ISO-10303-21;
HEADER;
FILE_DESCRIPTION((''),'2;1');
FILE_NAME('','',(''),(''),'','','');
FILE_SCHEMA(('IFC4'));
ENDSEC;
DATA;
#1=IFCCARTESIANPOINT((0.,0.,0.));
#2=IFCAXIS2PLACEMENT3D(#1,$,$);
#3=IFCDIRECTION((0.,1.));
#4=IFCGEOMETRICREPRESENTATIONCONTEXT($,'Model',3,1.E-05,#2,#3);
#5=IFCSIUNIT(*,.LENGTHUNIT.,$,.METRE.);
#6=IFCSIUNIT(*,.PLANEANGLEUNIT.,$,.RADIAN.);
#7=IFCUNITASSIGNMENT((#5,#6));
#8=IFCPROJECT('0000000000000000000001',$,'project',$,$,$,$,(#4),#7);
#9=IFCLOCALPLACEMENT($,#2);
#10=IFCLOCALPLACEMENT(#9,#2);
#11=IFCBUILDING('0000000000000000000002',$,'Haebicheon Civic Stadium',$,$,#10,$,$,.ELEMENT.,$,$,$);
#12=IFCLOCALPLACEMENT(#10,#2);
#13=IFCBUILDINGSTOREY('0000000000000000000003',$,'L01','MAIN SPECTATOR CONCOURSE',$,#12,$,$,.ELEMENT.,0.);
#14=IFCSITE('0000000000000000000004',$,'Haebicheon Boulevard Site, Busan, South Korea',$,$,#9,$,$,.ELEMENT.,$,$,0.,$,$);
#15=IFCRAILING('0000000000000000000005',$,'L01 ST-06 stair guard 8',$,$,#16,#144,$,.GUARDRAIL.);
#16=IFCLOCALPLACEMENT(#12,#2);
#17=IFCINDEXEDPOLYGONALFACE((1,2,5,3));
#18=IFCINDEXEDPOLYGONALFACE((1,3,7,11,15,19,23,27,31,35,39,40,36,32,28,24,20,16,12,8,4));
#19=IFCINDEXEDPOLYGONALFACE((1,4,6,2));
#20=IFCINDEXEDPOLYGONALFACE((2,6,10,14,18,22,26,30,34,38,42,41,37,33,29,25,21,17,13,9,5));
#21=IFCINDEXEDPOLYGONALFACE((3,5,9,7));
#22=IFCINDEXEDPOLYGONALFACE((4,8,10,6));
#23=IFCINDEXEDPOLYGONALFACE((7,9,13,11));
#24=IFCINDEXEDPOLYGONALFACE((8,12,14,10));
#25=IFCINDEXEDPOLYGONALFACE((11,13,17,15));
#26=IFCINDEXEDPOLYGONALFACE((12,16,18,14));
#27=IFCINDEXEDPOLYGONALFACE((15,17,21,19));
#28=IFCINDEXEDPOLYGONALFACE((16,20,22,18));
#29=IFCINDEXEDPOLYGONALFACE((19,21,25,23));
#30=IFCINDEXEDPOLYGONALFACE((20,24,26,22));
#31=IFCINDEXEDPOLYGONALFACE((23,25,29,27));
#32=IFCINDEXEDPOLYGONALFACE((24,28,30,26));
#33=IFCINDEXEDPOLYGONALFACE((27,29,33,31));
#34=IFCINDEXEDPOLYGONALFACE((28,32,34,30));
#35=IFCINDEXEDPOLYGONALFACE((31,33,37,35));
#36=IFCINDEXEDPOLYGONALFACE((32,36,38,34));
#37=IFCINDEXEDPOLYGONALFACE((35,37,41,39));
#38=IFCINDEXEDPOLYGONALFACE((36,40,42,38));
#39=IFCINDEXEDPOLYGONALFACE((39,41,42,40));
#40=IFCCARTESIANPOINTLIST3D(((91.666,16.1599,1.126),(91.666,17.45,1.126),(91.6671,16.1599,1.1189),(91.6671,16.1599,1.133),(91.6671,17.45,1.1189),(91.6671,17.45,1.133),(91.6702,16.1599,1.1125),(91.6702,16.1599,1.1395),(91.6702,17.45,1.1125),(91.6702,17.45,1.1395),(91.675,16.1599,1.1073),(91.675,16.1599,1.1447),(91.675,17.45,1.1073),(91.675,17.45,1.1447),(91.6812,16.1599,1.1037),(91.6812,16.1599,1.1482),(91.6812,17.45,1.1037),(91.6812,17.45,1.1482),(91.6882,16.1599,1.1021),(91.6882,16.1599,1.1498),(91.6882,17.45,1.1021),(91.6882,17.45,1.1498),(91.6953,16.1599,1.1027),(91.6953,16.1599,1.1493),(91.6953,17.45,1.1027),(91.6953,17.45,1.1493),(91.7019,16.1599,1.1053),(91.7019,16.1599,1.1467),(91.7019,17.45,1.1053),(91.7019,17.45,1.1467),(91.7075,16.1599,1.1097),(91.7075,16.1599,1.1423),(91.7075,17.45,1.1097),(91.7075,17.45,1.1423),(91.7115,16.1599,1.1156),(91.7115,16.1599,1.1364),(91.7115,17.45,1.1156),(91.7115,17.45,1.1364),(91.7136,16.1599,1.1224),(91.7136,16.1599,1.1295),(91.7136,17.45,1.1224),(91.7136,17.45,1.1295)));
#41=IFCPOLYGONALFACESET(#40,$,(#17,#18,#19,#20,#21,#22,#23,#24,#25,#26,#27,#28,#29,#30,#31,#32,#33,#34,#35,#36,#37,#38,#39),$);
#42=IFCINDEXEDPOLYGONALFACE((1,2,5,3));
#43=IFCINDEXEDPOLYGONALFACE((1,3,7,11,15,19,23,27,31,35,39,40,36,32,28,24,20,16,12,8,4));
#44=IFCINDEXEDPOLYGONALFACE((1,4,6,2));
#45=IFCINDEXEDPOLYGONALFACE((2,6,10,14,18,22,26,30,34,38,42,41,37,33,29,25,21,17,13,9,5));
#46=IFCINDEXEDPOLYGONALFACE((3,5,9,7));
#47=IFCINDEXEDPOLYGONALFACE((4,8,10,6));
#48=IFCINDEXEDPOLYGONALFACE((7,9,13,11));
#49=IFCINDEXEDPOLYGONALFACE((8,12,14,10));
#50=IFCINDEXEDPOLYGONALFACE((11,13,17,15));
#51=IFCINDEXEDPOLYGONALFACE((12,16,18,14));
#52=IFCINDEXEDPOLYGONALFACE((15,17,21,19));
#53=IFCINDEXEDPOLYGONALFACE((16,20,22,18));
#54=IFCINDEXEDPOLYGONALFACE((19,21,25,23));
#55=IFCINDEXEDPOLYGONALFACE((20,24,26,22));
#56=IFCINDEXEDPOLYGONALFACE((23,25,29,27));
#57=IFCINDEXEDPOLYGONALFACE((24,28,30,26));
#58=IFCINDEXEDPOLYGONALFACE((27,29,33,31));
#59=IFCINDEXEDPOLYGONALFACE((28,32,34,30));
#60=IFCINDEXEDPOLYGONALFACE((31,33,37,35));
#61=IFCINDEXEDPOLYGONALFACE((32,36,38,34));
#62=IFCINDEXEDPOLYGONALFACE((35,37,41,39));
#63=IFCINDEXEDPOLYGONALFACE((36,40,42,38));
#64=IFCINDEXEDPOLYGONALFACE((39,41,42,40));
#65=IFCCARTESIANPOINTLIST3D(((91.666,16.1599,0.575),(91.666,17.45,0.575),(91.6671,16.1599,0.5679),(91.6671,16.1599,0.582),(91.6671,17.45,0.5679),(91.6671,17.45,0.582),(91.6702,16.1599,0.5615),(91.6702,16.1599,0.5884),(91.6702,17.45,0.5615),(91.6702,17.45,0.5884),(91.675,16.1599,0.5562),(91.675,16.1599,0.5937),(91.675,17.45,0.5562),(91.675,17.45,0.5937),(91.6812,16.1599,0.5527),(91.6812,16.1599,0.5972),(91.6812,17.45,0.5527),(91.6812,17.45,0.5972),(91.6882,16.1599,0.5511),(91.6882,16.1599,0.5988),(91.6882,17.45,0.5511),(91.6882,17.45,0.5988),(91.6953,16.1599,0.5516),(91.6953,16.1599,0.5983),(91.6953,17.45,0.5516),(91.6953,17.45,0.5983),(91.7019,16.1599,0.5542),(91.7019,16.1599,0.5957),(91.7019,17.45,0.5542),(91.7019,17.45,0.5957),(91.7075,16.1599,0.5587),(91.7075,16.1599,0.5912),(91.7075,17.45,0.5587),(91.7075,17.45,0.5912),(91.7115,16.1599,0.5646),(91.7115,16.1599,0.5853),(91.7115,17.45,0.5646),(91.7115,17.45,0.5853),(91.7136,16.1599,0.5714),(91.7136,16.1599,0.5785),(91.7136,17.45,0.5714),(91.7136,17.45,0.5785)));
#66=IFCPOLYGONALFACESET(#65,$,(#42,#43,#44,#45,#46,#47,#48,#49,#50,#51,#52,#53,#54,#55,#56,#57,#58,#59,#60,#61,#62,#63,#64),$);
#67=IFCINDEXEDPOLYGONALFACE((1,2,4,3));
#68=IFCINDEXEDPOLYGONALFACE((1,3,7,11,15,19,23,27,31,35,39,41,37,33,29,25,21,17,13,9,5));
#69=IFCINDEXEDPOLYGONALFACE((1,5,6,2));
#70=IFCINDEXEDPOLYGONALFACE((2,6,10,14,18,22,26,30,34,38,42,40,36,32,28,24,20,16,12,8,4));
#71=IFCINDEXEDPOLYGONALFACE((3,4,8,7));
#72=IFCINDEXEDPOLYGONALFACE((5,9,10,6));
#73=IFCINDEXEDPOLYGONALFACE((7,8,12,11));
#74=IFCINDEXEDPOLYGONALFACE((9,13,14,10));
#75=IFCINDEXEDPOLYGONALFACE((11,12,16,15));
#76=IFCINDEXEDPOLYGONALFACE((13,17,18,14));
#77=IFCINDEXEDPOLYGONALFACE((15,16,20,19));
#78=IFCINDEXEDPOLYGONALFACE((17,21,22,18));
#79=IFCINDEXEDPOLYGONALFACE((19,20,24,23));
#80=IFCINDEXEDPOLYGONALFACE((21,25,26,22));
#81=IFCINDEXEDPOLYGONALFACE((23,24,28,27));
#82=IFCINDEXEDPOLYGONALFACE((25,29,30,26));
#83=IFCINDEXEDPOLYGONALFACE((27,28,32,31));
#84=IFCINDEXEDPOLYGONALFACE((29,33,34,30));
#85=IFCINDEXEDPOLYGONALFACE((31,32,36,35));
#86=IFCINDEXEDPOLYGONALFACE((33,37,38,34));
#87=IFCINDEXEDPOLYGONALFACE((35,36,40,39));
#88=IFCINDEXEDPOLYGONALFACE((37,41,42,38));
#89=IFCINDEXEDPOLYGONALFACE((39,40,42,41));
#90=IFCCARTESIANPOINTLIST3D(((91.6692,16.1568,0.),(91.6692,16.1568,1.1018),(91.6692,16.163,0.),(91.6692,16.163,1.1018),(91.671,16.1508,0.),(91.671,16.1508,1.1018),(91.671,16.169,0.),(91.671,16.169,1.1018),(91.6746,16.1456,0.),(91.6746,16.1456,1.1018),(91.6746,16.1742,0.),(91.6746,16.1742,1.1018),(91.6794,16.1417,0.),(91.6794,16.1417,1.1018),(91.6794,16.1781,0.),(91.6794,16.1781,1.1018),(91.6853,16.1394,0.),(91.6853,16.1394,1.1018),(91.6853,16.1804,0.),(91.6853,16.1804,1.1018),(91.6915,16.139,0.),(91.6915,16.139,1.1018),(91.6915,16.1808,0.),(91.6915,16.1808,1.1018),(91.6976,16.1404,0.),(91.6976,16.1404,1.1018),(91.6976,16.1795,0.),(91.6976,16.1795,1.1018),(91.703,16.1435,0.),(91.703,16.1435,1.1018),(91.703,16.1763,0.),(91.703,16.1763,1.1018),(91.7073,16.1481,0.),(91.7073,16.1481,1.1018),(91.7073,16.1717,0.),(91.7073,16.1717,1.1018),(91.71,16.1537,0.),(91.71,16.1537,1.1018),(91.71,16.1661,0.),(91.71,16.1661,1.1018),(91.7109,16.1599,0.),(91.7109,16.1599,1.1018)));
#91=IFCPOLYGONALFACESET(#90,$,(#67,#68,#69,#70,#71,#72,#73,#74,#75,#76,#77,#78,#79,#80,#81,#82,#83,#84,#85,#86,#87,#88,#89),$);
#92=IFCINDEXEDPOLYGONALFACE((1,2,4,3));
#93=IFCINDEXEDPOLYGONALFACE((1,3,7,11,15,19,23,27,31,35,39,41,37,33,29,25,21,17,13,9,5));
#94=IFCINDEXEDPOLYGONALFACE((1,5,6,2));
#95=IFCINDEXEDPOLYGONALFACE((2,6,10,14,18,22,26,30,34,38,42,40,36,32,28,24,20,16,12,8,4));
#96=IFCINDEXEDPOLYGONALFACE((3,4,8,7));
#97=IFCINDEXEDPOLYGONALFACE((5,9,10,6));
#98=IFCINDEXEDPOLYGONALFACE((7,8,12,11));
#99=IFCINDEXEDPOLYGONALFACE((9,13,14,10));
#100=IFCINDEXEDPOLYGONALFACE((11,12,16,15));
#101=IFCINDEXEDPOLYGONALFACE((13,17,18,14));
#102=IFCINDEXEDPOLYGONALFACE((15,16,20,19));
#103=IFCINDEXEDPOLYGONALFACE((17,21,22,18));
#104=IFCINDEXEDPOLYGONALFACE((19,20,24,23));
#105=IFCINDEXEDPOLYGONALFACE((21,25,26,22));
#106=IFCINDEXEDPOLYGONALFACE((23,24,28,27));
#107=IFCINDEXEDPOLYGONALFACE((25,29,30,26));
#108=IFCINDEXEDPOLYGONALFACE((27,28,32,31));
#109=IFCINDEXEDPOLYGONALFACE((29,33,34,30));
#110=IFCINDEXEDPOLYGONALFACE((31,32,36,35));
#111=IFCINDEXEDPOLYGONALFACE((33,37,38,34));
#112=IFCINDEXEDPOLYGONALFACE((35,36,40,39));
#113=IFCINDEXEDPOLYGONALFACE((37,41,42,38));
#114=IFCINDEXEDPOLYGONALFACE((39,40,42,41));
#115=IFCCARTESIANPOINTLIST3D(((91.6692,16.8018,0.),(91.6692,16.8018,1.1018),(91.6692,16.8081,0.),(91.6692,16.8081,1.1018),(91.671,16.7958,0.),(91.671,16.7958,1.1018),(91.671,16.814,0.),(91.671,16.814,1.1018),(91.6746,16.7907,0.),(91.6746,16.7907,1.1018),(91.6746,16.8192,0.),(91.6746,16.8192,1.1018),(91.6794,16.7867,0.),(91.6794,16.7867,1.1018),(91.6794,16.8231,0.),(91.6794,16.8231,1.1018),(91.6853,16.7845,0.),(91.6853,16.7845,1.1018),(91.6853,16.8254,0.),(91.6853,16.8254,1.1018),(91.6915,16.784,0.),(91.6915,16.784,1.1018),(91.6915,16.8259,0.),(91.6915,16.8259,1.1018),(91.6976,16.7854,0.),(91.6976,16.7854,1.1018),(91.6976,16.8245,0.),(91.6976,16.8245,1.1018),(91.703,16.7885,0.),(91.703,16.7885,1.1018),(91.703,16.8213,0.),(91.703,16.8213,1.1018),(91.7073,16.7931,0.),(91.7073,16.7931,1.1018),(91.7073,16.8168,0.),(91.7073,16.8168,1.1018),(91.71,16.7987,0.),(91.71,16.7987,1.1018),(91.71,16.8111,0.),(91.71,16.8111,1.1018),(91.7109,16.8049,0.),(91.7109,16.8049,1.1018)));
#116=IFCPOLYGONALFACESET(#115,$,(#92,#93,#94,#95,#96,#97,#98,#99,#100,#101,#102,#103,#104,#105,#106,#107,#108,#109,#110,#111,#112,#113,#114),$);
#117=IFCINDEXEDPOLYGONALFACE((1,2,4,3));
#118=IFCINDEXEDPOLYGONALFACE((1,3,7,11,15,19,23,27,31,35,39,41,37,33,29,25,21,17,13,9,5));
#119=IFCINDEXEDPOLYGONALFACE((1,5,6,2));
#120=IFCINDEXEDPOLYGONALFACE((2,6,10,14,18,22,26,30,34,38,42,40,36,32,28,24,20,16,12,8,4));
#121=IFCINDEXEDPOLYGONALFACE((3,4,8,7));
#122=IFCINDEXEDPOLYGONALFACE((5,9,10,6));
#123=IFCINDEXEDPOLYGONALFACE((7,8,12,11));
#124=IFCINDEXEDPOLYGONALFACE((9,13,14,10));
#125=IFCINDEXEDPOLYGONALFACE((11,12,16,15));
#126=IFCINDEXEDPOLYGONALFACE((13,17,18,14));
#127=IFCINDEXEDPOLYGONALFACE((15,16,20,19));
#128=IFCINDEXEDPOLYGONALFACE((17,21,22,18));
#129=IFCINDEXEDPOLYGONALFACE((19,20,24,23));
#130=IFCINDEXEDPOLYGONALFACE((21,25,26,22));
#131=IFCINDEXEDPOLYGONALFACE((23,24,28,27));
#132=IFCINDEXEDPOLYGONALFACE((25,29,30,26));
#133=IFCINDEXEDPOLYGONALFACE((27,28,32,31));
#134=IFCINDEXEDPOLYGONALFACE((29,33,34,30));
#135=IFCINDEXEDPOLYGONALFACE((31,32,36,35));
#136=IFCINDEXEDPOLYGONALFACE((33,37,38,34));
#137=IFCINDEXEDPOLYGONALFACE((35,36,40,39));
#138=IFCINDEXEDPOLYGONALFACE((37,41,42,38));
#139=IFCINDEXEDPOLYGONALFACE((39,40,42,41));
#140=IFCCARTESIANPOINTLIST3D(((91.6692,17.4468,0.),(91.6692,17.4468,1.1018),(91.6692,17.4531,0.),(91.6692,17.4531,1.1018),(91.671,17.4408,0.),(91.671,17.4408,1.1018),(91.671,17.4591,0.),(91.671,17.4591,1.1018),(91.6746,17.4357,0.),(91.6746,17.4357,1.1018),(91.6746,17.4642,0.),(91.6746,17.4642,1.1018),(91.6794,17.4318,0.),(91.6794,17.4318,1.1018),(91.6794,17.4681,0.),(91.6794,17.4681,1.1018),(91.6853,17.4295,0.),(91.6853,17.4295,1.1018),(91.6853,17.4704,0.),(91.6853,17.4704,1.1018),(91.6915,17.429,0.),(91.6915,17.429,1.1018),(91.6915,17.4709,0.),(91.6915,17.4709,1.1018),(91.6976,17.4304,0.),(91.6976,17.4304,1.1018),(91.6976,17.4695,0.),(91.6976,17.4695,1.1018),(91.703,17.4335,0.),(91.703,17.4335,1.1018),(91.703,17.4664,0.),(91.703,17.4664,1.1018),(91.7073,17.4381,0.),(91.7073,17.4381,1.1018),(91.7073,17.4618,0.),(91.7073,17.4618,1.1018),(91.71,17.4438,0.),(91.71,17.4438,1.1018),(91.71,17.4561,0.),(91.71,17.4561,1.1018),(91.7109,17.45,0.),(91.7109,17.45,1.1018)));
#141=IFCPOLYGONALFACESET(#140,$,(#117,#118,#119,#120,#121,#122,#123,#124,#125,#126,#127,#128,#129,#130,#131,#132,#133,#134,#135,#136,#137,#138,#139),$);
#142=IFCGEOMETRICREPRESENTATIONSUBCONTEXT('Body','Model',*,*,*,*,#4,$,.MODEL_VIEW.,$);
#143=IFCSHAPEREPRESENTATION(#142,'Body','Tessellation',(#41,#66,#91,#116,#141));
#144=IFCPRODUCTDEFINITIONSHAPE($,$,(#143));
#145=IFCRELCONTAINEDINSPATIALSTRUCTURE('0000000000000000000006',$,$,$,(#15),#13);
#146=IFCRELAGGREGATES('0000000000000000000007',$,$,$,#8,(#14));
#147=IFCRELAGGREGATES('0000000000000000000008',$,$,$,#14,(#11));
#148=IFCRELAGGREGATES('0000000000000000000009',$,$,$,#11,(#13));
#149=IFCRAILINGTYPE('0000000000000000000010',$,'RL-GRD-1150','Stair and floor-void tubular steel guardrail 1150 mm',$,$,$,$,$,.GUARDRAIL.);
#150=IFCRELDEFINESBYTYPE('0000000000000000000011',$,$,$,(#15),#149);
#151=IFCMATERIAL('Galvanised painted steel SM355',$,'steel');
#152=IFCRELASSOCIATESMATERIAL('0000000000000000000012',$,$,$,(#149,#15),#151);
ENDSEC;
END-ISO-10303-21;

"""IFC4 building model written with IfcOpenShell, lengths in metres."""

from ifc_helpers import new_model, si_unit, direction, frame, origin, origin_2d, place, context, subcontext, project, spatial, circle, extrude, material, type_object, element, save


model = new_model("IFC4")

# Units and contexts
model_context = context("Model", 3, precision=1e-05, world=origin(), true_north=direction((0.0, 1.0)))
body_context = subcontext(model_context, "Body", "Model", "MODEL_VIEW")
ifc_project = project(units=[si_unit("LENGTHUNIT", "METRE"), si_unit("PLANEANGLEUNIT", "RADIAN")], contexts=[model_context])

# Site, building, storey
site_placement = place(None, origin())
site = spatial("IfcSite", under=ifc_project, at=site_placement, Name="Haebicheon Boulevard Site, Busan, South Korea", CompositionType="ELEMENT", RefElevation=0.0)
building_placement = place(site_placement, origin())
building = spatial("IfcBuilding", under=site, at=building_placement, Name="Haebicheon Civic Stadium", CompositionType="ELEMENT")
storey_placement = place(building_placement, origin())
storey = spatial("IfcBuildingStorey", under=building, at=storey_placement, Name="L01", Description="MAIN SPECTATOR CONCOURSE", CompositionType="ELEMENT", Elevation=0.0)

# Railing
ifc_material_1 = material(Name="Galvanised painted steel SM355", Category="steel")
railing_type = type_object("IfcRailingType", Name="RL-GRD-1150", Description="Stair and floor-void tubular steel guardrail 1150 mm", PredefinedType="GUARDRAIL", material=ifc_material_1)
for number, where, name in (
    (1, (91.6899, 16.1599, 0.0), "L01 ST-06 stair guard 8"),
):
    element("IfcRailing", number, at=place(storey_placement, frame(where)), inside=storey, type_object=railing_type, material=ifc_material_1, Name=name, PredefinedType="GUARDRAIL", context=body_context, shape_type="SweptSolid", body=[
        extrude(circle(Radius=0.0239, at=origin_2d()), frame((0.0, 0.0, 1.126), z_axis=(0.0, 1.0, 0.0), x_axis=(-1.0, 0.0, 0.0)), (0.0, 0.0, 1.0), 1.29),
        extrude(circle(Radius=0.0239, at=origin_2d()), frame((0.0, 0.0, 0.575), z_axis=(0.0, 1.0, 0.0), x_axis=(-1.0, 0.0, 0.0)), (0.0, 0.0, 1.0), 1.29),
        extrude(circle(Radius=0.021, at=origin_2d()), origin(), (0.0, 0.0, 1.0), 1.1018),
        extrude(circle(Radius=0.021, at=origin_2d()), frame((0.0, 0.645, 0.0)), (0.0, 0.0, 1.0), 1.1018),
        extrude(circle(Radius=0.021, at=origin_2d()), frame((0.0, 1.29, 0.0)), (0.0, 0.0, 1.0), 1.1018),
    ])

save(model, "model.ifc")
